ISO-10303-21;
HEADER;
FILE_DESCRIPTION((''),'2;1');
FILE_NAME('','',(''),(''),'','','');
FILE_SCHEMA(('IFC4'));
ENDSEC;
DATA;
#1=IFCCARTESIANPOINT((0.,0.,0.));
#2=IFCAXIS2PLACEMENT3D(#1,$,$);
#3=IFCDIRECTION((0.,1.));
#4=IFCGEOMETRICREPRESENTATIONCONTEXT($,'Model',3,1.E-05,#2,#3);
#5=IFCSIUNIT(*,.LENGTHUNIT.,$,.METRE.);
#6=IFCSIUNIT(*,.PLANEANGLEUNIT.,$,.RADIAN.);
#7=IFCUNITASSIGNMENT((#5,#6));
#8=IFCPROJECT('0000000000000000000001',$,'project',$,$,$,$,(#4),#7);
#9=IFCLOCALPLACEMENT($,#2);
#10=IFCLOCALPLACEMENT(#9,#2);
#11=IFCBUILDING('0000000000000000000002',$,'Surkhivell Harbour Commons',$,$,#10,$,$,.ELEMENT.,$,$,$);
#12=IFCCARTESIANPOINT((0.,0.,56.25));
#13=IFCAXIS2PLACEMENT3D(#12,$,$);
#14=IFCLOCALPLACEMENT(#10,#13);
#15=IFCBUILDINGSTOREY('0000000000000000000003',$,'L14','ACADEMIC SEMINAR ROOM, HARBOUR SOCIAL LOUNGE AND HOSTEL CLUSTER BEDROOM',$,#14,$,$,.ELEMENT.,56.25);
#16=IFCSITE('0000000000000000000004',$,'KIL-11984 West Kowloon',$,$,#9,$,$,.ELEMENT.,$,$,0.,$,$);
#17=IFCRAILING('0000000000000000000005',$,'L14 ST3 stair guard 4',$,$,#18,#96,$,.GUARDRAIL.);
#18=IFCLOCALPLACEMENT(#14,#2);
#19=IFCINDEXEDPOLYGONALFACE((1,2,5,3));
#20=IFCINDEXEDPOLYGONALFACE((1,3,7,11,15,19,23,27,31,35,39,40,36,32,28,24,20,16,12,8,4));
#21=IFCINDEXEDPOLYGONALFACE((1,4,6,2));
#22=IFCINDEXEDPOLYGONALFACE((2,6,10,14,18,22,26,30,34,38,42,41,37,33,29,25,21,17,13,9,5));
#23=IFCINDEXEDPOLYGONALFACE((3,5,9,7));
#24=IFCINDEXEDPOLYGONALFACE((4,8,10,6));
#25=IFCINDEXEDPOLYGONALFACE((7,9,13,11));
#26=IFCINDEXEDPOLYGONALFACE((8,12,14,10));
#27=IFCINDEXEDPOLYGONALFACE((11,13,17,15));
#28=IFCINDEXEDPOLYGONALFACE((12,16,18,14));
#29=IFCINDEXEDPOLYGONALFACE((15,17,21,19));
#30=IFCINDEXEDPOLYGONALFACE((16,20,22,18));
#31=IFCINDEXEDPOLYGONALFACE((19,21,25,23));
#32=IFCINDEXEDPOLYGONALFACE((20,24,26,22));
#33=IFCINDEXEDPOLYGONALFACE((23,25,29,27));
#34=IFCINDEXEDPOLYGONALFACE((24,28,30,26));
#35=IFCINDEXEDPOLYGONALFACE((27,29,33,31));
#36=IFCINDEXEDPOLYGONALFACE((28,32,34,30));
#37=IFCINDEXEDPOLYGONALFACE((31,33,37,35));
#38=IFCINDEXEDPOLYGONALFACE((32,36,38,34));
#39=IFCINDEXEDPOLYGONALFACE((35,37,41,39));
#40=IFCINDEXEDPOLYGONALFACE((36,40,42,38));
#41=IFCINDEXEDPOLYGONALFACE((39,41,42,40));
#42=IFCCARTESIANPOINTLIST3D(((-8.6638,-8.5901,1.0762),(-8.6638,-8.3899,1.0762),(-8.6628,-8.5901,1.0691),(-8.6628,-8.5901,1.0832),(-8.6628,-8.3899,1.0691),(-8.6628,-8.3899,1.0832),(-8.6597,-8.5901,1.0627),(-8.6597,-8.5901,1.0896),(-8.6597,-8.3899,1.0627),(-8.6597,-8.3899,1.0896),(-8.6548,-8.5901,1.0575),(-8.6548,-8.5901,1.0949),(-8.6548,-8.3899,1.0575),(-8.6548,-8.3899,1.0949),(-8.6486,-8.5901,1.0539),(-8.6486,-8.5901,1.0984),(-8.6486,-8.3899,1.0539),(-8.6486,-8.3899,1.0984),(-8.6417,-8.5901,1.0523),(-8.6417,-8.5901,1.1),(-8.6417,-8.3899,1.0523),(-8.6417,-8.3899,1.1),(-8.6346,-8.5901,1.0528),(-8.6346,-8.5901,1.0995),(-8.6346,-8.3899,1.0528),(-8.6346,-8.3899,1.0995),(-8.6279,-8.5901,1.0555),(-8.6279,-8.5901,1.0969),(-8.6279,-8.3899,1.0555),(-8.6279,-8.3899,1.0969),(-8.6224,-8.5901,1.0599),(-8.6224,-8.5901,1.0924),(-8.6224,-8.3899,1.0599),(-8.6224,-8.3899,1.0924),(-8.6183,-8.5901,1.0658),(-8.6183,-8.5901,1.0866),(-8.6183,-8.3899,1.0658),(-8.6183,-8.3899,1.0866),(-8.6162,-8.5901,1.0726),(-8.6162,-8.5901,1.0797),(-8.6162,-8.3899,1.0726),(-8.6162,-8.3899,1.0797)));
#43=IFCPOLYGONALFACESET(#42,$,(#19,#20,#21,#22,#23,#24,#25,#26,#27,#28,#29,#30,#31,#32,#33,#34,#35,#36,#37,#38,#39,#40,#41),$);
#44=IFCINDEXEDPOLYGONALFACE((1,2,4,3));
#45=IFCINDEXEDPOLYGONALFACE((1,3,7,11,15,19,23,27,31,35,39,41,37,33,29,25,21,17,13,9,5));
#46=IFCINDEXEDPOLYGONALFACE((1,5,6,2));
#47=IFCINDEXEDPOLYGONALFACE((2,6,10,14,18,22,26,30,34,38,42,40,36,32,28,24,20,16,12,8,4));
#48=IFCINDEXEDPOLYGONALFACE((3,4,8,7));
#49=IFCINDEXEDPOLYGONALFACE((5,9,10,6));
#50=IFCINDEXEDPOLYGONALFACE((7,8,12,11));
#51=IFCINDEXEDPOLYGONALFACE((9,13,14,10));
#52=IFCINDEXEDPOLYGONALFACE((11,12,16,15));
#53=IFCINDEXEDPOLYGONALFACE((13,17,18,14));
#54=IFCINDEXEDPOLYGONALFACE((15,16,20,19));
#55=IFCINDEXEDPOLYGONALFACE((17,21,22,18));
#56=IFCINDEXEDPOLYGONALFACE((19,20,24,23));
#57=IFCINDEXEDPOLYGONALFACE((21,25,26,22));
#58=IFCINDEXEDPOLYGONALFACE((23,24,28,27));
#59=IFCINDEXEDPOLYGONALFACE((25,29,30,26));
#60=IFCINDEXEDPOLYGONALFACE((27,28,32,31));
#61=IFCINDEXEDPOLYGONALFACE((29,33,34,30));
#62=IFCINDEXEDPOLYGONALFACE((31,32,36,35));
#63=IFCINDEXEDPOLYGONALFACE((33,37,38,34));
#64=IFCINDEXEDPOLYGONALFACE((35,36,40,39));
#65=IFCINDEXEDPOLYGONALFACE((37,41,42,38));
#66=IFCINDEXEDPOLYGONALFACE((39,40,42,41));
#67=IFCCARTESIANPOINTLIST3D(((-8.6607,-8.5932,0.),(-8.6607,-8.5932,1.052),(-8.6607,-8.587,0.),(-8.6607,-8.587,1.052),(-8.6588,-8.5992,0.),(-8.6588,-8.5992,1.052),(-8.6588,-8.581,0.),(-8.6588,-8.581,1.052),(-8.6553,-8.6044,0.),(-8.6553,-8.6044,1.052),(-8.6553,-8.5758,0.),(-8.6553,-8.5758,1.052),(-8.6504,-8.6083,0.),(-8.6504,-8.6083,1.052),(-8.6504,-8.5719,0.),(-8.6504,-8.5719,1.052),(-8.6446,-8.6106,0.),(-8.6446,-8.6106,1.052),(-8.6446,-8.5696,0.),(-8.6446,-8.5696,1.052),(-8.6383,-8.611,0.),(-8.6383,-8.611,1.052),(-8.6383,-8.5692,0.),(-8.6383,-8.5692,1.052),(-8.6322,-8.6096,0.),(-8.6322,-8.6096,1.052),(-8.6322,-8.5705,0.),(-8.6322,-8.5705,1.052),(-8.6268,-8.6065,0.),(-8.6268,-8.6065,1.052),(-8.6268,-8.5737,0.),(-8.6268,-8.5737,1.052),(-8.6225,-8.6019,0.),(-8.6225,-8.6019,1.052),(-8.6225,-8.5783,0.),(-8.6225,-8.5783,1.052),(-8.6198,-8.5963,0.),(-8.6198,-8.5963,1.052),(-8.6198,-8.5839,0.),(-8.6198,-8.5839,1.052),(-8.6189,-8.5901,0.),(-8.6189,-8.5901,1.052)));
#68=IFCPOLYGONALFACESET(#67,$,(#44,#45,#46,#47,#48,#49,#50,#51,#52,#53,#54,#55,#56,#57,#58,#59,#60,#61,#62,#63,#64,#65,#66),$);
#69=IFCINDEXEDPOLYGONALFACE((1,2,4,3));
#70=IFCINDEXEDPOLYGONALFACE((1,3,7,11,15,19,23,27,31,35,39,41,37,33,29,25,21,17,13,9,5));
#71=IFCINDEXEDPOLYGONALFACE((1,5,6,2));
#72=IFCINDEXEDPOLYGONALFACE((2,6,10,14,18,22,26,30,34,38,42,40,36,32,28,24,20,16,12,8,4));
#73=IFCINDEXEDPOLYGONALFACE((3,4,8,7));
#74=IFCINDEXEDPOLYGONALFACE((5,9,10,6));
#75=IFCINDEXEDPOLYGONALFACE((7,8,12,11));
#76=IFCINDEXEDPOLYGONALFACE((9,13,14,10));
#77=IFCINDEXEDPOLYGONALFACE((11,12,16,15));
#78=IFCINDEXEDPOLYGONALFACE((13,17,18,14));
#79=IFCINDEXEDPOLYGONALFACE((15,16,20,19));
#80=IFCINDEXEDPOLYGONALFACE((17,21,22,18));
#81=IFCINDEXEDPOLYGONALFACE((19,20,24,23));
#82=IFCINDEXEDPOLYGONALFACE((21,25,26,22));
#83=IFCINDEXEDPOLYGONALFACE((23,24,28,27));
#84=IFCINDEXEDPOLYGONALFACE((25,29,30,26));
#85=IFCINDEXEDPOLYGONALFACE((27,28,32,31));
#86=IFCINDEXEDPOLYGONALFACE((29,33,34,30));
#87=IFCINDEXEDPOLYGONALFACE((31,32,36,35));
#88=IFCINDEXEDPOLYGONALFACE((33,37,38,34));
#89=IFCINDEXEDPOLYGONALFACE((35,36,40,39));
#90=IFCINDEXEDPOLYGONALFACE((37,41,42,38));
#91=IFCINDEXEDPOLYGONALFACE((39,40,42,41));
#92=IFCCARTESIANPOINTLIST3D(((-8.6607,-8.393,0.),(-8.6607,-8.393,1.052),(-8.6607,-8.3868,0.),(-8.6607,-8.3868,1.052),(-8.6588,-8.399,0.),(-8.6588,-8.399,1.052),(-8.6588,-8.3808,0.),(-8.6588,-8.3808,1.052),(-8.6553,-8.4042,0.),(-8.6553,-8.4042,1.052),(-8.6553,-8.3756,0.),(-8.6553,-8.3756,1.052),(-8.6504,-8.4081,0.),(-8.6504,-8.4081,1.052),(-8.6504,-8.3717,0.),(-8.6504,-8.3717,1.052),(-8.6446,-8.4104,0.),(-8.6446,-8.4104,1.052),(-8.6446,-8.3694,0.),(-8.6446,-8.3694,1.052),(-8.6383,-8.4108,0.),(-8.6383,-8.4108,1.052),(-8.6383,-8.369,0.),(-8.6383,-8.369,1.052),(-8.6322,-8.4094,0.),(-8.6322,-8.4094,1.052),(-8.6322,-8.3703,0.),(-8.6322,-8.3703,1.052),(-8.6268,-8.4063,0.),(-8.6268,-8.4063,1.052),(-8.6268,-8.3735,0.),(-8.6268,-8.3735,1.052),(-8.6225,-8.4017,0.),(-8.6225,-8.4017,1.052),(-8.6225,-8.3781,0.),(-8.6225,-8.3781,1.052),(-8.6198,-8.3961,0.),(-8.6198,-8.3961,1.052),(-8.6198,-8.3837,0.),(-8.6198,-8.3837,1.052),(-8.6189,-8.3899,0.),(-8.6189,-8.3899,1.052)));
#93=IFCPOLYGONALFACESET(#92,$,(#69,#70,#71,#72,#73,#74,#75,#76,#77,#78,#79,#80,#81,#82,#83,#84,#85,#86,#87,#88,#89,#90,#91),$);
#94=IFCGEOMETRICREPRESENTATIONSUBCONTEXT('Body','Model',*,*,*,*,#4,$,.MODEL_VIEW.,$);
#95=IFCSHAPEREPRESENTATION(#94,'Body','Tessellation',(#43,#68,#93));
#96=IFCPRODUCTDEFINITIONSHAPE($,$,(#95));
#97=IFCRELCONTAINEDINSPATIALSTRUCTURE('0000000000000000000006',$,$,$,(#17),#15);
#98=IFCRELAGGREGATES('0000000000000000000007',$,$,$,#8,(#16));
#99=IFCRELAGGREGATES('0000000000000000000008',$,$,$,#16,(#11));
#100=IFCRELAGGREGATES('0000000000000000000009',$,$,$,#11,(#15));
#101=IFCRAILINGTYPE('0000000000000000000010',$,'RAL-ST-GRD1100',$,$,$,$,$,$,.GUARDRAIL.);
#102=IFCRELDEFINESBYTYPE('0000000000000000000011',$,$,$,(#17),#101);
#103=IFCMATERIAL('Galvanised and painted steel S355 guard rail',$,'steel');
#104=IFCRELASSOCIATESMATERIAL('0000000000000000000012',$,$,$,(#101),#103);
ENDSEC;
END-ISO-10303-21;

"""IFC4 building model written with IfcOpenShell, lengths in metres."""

from ifc_helpers import new_model, si_unit, direction, frame, origin, origin_2d, place, context, subcontext, project, spatial, circle, extrude, material, type_object, element, save


model = new_model("IFC4")

# Units and contexts
model_context = context("Model", 3, precision=1e-05, world=origin(), true_north=direction((0.0, 1.0)))
body_context = subcontext(model_context, "Body", "Model", "MODEL_VIEW")
ifc_project = project(units=[si_unit("LENGTHUNIT", "METRE"), si_unit("PLANEANGLEUNIT", "RADIAN")], contexts=[model_context])

# Site, building, storey
site_placement = place(None, origin())
site = spatial("IfcSite", under=ifc_project, at=site_placement, Name="KIL-11984 West Kowloon", CompositionType="ELEMENT", RefElevation=0.0)
building_placement = place(site_placement, origin())
building = spatial("IfcBuilding", under=site, at=building_placement, Name="Surkhivell Harbour Commons", CompositionType="ELEMENT")
storey_placement = place(building_placement, frame((0.0, 0.0, 56.25)))
storey = spatial("IfcBuildingStorey", under=building, at=storey_placement, Name="L14", Description="ACADEMIC SEMINAR ROOM, HARBOUR SOCIAL LOUNGE AND HOSTEL CLUSTER BEDROOM", CompositionType="ELEMENT", Elevation=56.25)

# Railing
ifc_material_1 = material(Name="Galvanised and painted steel S355 guard rail", Category="steel")
railing_type_1 = type_object("IfcRailingType", Name="RAL-ST-GRD1100", PredefinedType="GUARDRAIL", material=ifc_material_1)
railing_1_placement = place(storey_placement, frame((-8.6399, -8.5901, 0.0)))
element("IfcRailing", 1, at=railing_1_placement, inside=storey, type_object=railing_type_1, Name="L14 ST3 stair guard 4", PredefinedType="GUARDRAIL", context=body_context, shape_type="SweptSolid", body=[
    extrude(circle(Radius=0.0239, at=origin_2d()), frame((0.0, 0.0, 1.0762), z_axis=(0.0, 1.0, 0.0), x_axis=(-1.0, 0.0, 0.0)), (0.0, 0.0, 1.0), 0.2002),
    extrude(circle(Radius=0.021, at=origin_2d()), origin(), (0.0, 0.0, 1.0), 1.052),
    extrude(circle(Radius=0.021, at=origin_2d()), frame((0.0, 0.2002, 0.0)), (0.0, 0.0, 1.0), 1.052),
])

save(model, "model.ifc")
